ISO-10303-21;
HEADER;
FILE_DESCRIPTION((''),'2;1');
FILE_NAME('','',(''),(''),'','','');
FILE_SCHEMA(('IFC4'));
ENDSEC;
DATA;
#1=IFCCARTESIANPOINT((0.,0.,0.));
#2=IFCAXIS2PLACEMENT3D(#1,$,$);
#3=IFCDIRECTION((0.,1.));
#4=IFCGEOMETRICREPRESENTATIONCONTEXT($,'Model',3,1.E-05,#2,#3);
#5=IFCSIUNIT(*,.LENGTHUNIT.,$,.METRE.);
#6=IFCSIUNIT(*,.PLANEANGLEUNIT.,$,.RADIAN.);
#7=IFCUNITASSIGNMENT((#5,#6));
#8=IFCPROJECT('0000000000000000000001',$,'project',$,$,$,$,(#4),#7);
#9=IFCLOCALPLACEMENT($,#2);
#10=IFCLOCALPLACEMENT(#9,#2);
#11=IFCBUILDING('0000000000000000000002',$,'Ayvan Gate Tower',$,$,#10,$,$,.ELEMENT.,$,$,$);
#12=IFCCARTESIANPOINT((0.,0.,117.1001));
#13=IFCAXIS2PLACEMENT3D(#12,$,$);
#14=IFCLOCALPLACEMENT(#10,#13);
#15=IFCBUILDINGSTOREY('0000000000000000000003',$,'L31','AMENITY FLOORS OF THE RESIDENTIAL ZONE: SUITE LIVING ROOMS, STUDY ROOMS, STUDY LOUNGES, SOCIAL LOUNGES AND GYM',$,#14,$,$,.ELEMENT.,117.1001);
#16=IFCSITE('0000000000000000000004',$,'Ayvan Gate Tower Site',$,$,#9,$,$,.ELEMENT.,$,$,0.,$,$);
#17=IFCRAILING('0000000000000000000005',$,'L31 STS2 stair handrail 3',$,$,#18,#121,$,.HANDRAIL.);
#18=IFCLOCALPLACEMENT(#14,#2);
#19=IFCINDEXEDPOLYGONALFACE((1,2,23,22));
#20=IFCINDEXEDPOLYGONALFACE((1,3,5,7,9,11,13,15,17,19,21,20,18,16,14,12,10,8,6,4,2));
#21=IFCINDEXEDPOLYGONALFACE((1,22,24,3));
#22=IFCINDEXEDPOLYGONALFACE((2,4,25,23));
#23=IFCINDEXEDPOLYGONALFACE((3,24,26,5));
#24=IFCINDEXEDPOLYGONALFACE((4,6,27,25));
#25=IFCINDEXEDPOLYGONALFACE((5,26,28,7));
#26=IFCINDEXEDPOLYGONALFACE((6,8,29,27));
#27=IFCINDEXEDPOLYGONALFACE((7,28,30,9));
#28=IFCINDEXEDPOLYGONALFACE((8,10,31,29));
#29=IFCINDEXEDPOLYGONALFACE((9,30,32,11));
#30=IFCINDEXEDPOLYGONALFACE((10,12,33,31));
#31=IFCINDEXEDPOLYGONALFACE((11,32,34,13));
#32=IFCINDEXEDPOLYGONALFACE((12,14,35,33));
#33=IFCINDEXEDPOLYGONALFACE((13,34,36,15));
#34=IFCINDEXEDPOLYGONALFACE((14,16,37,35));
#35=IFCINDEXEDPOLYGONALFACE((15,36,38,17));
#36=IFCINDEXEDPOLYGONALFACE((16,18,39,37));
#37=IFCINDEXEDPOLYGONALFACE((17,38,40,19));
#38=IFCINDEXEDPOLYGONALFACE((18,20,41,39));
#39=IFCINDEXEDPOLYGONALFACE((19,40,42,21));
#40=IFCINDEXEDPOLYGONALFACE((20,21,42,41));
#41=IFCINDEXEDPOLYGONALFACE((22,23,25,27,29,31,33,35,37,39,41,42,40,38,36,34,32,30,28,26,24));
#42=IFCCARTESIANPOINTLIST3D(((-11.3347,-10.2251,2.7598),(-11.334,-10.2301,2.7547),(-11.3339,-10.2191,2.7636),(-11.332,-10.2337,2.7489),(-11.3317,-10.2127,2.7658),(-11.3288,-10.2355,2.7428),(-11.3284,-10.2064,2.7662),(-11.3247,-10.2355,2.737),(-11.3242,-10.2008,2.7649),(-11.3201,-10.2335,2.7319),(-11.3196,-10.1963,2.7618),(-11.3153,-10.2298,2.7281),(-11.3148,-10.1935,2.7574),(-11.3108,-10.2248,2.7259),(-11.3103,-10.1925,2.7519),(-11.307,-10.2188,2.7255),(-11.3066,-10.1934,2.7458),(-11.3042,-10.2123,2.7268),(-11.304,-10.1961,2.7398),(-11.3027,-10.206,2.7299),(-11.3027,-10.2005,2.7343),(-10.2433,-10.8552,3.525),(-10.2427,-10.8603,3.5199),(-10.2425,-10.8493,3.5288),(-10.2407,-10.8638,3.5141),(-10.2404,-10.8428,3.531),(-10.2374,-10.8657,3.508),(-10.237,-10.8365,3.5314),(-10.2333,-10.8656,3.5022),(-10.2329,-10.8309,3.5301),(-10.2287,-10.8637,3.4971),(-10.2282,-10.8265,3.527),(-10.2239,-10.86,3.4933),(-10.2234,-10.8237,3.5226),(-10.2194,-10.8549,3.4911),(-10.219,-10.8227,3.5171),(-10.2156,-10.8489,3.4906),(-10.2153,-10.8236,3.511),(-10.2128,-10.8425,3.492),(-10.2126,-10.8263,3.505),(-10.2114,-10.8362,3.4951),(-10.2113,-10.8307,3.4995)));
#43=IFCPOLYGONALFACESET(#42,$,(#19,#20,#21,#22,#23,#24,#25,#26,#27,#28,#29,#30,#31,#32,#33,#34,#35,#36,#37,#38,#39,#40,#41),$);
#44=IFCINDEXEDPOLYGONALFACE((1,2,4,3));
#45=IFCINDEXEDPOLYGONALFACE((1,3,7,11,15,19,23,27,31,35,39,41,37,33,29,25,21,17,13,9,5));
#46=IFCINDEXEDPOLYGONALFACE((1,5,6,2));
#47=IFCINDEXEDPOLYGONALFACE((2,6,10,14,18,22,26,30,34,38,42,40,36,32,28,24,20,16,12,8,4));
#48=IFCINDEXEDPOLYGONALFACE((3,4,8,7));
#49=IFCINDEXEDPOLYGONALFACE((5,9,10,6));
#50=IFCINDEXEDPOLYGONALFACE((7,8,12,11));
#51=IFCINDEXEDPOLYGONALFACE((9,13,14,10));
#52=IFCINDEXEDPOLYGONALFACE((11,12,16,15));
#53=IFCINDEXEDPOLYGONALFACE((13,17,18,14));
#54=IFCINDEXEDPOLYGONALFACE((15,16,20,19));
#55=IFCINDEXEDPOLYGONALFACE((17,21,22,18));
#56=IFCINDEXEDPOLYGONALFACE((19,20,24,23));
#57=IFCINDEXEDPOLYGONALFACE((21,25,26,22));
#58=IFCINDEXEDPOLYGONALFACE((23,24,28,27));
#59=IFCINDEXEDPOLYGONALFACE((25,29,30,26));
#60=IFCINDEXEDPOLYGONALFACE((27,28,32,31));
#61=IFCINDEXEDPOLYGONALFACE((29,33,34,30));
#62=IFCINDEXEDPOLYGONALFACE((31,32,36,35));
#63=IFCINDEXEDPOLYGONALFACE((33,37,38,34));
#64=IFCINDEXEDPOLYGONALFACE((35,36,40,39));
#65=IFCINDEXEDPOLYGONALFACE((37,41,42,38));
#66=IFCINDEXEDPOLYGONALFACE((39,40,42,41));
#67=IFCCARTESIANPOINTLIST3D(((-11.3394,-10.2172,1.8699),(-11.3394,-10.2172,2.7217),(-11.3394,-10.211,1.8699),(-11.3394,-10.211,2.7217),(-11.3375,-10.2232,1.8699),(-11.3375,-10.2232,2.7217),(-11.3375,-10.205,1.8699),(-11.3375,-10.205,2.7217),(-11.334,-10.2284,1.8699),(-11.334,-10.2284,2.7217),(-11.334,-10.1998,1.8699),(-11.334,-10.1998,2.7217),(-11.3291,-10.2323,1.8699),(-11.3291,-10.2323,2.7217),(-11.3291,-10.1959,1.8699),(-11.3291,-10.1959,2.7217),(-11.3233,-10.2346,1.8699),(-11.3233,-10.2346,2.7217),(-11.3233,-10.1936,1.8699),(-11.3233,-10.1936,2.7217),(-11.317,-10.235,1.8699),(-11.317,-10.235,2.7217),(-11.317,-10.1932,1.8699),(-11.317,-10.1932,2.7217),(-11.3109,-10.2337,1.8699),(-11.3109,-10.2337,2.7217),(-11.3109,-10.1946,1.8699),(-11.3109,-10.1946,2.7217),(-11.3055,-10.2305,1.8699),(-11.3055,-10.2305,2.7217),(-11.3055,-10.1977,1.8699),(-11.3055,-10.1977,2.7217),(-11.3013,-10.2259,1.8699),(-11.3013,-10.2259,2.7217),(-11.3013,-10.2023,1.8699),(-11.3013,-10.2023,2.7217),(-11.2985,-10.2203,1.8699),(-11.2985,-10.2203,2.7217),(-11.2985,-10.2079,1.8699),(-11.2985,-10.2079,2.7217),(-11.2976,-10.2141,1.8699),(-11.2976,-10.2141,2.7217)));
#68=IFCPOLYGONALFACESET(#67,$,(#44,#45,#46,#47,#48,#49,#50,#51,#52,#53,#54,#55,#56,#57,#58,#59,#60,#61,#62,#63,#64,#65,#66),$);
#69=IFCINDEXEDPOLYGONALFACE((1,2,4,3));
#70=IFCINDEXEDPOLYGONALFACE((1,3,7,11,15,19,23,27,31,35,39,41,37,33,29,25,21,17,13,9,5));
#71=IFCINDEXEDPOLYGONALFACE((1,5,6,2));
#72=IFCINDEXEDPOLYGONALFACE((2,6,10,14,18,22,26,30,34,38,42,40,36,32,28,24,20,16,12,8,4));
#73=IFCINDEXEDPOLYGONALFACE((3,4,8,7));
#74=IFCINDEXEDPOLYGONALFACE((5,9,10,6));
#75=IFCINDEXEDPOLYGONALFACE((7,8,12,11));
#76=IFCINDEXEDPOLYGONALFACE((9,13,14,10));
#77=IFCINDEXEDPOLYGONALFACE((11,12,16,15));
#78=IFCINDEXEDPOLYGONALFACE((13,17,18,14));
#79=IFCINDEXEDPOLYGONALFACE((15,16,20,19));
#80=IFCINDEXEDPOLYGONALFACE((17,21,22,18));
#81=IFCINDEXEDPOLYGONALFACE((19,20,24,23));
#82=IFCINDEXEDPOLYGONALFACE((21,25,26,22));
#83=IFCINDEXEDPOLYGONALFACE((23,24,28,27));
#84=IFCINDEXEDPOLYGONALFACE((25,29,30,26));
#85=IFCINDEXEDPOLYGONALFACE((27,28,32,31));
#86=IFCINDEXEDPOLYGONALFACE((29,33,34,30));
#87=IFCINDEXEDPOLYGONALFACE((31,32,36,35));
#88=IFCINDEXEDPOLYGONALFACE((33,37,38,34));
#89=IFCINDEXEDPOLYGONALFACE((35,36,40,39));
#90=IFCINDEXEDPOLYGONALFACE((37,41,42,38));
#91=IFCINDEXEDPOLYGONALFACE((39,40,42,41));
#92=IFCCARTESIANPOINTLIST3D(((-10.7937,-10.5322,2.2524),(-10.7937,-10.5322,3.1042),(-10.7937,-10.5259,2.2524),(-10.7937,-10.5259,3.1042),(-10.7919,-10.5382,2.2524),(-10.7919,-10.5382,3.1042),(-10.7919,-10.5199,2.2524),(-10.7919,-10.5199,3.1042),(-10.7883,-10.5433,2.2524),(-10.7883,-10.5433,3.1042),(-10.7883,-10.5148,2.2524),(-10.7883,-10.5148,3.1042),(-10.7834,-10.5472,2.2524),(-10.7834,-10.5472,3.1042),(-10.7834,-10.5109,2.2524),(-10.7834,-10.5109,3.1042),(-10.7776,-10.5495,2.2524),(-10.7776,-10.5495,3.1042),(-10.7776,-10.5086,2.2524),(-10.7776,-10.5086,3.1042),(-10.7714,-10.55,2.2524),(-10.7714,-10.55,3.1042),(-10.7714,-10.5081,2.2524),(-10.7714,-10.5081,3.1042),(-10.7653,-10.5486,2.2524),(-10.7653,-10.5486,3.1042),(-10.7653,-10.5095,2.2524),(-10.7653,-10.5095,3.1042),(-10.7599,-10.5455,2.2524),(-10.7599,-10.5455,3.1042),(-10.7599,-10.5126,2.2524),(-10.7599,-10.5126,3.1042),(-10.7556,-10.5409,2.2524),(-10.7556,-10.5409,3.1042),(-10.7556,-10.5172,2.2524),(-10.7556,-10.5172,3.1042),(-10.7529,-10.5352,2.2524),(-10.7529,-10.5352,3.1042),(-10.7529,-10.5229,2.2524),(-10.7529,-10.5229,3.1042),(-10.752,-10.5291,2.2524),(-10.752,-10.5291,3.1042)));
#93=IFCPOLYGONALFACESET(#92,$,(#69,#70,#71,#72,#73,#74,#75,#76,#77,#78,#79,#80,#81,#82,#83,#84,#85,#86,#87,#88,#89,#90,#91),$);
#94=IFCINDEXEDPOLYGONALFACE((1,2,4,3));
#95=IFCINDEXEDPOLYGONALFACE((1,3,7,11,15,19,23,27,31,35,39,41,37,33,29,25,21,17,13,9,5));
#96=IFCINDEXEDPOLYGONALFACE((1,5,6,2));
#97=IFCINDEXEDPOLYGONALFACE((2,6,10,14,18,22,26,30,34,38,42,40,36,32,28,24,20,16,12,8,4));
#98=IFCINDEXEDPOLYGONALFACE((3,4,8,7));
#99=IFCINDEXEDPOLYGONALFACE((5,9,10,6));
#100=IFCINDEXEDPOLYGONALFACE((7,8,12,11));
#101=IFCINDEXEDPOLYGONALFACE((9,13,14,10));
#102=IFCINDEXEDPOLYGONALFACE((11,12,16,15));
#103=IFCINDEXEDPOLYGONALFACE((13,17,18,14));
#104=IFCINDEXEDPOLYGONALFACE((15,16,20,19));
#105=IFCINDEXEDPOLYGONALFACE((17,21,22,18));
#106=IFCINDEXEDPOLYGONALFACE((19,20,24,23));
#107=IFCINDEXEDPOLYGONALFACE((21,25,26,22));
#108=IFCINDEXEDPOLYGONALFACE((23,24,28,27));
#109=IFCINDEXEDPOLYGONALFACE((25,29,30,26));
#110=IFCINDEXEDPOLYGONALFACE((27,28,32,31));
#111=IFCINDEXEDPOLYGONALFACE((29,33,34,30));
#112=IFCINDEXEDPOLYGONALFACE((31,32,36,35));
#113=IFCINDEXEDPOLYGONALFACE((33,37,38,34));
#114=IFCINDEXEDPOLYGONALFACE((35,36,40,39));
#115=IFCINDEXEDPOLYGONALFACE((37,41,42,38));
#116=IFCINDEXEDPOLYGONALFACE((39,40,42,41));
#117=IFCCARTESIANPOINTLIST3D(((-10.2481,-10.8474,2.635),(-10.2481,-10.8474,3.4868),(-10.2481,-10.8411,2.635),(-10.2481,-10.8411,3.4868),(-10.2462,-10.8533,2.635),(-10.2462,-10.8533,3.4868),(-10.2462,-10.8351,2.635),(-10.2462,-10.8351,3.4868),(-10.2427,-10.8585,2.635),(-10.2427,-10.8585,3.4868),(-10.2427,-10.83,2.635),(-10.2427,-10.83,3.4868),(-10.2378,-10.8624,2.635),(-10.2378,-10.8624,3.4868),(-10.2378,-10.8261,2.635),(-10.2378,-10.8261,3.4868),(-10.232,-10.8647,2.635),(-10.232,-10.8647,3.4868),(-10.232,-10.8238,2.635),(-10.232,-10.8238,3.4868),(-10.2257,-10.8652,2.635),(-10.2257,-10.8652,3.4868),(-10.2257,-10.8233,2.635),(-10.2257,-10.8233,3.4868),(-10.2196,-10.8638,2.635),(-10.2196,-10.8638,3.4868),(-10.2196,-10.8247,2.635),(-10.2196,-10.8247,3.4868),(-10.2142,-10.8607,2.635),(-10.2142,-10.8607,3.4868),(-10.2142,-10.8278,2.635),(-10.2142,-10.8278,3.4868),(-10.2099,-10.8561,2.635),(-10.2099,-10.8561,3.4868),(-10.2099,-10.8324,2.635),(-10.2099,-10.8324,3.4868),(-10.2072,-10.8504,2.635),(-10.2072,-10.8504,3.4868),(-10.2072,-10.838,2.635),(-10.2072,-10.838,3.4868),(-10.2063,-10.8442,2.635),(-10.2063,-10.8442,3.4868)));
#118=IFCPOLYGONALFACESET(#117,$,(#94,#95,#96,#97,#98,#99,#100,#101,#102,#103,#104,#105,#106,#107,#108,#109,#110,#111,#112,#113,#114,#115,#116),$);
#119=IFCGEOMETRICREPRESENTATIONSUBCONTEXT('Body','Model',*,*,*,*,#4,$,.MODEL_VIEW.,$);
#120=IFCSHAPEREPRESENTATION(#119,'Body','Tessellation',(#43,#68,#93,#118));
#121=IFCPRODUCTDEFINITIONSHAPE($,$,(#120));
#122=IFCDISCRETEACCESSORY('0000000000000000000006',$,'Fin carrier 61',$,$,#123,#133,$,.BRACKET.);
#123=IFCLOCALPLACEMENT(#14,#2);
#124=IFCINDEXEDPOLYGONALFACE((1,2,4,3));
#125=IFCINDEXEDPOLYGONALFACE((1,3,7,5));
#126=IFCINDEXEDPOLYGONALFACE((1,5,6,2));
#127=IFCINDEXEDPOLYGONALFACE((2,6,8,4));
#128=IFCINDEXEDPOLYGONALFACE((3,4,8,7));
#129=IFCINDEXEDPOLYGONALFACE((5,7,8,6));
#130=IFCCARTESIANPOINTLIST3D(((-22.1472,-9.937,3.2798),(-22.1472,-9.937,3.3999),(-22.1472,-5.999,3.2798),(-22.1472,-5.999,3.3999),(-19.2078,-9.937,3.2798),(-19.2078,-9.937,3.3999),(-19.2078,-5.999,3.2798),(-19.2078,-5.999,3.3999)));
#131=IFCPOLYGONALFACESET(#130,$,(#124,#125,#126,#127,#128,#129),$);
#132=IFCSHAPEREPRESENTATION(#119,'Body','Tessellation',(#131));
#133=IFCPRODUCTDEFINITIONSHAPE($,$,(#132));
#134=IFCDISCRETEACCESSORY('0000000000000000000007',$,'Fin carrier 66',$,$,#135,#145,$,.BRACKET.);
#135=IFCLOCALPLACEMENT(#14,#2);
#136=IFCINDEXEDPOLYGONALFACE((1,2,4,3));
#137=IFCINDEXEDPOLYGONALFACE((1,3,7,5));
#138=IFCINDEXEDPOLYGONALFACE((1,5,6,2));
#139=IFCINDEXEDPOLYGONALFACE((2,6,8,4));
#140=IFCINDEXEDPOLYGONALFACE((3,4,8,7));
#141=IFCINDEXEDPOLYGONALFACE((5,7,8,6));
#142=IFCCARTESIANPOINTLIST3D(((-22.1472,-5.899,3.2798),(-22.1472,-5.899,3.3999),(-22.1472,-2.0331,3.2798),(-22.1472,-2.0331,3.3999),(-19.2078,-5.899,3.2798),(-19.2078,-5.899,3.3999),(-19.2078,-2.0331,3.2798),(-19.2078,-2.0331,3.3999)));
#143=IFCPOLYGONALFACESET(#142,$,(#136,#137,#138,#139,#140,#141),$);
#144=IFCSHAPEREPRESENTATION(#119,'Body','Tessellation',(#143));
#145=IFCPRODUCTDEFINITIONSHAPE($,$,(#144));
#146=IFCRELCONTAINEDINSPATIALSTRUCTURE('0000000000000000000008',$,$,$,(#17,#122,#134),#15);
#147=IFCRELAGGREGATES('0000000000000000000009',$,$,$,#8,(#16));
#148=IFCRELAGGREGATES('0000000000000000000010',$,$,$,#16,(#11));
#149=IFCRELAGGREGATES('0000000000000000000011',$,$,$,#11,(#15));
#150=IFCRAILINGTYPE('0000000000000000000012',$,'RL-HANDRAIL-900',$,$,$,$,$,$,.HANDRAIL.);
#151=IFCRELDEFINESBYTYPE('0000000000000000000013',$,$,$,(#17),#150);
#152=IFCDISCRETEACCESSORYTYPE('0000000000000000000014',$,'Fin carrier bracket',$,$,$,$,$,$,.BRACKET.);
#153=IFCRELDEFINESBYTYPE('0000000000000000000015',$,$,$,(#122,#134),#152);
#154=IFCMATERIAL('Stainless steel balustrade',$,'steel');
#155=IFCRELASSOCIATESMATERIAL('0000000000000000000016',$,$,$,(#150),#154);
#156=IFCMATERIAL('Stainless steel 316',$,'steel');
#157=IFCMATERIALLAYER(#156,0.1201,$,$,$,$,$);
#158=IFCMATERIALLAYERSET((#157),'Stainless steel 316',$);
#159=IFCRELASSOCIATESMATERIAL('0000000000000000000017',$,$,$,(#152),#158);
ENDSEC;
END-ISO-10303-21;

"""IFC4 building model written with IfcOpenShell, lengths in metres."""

from ifc_helpers import new_model, si_unit, direction, frame, origin, origin_2d, place, context, subcontext, project, spatial, rectangle, circle, extrude, material, layer, layer_set, type_object, element, save


model = new_model("IFC4")

# Units and contexts
model_context = context("Model", 3, precision=1e-05, world=origin(), true_north=direction((0.0, 1.0)))
body_context = subcontext(model_context, "Body", "Model", "MODEL_VIEW")
ifc_project = project(units=[si_unit("LENGTHUNIT", "METRE"), si_unit("PLANEANGLEUNIT", "RADIAN")], contexts=[model_context])

# Site, building, storey
site_placement = place(None, origin())
site = spatial("IfcSite", under=ifc_project, at=site_placement, Name="Ayvan Gate Tower Site", CompositionType="ELEMENT", RefElevation=0.0)
building_placement = place(site_placement, origin())
building = spatial("IfcBuilding", under=site, at=building_placement, Name="Ayvan Gate Tower", CompositionType="ELEMENT")
storey_placement = place(building_placement, frame((0.0, 0.0, 117.1001)))
storey = spatial("IfcBuildingStorey", under=building, at=storey_placement, Name="L31", Description="AMENITY FLOORS OF THE RESIDENTIAL ZONE: SUITE LIVING ROOMS, STUDY ROOMS, STUDY LOUNGES, SOCIAL LOUNGES AND GYM", CompositionType="ELEMENT", Elevation=117.1001)

# Railing
ifc_material_1 = material(Name="Stainless steel balustrade", Category="steel")
railing_type_1 = type_object("IfcRailingType", Name="RL-HANDRAIL-900", PredefinedType="HANDRAIL", material=ifc_material_1)
railing_1_placement = place(storey_placement, frame((-11.3186, -10.2141, 1.8699)))
element("IfcRailing", 1, at=railing_1_placement, inside=storey, type_object=railing_type_1, Name="L31 STS2 stair handrail 3", PredefinedType="HANDRAIL", context=body_context, shape_type="SweptSolid", body=[
    extrude(circle(Radius=0.0239, at=origin_2d()), frame((0.0, 0.0, 0.876), z_axis=(0.740241, -0.427419, 0.518996), x_axis=(0.500035, 0.866005, 0.0)), (0.0, 0.0, 1.0), 1.4744),
    extrude(circle(Radius=0.021, at=origin_2d()), origin(), (0.0, 0.0, 1.0), 0.8518),
    extrude(circle(Radius=0.021, at=origin_2d()), frame((0.5457, -0.3149, 0.3826)), (0.0, 0.0, 1.0), 0.8518),
    extrude(circle(Radius=0.021, at=origin_2d()), frame((1.0913, -0.6301, 0.7651)), (0.0, 0.0, 1.0), 0.8518),
])

# Discrete accessories
ifc_material_2 = material(Name="Stainless steel 316", Category="steel")
ifc_layer_1 = layer(ifc_material_2, 0.1201)
ifc_layer_set_1 = layer_set([ifc_layer_1], Name="Stainless steel 316")
discrete_accessory_type = type_object("IfcDiscreteAccessoryType", Name="Fin carrier bracket", PredefinedType="BRACKET", material=ifc_layer_set_1)
discrete_accessory_1_placement = place(storey_placement, frame((-20.6775, -7.968, 3.2798), z_axis=(0.0, 0.0, 1.0), x_axis=(0.0, -1.0, 0.0)))
element("IfcDiscreteAccessory", 2, at=discrete_accessory_1_placement, inside=storey, type_object=discrete_accessory_type, Name="Fin carrier 61", PredefinedType="BRACKET", context=body_context, shape_type="SweptSolid", body=[
    extrude(rectangle(XDim=3.938, YDim=2.9395, at=origin_2d()), origin(), (0.0, 0.0, 1.0), 0.1201),
])
discrete_accessory_2_placement = place(storey_placement, frame((-20.6775, -3.9661, 3.2798), z_axis=(0.0, 0.0, 1.0), x_axis=(0.0, -1.0, 0.0)))
element("IfcDiscreteAccessory", 3, at=discrete_accessory_2_placement, inside=storey, type_object=discrete_accessory_type, Name="Fin carrier 66", PredefinedType="BRACKET", context=body_context, shape_type="SweptSolid", body=[
    extrude(rectangle(XDim=3.866, YDim=2.9395, at=origin_2d()), origin(), (0.0, 0.0, 1.0), 0.1201),
])

save(model, "model.ifc")
